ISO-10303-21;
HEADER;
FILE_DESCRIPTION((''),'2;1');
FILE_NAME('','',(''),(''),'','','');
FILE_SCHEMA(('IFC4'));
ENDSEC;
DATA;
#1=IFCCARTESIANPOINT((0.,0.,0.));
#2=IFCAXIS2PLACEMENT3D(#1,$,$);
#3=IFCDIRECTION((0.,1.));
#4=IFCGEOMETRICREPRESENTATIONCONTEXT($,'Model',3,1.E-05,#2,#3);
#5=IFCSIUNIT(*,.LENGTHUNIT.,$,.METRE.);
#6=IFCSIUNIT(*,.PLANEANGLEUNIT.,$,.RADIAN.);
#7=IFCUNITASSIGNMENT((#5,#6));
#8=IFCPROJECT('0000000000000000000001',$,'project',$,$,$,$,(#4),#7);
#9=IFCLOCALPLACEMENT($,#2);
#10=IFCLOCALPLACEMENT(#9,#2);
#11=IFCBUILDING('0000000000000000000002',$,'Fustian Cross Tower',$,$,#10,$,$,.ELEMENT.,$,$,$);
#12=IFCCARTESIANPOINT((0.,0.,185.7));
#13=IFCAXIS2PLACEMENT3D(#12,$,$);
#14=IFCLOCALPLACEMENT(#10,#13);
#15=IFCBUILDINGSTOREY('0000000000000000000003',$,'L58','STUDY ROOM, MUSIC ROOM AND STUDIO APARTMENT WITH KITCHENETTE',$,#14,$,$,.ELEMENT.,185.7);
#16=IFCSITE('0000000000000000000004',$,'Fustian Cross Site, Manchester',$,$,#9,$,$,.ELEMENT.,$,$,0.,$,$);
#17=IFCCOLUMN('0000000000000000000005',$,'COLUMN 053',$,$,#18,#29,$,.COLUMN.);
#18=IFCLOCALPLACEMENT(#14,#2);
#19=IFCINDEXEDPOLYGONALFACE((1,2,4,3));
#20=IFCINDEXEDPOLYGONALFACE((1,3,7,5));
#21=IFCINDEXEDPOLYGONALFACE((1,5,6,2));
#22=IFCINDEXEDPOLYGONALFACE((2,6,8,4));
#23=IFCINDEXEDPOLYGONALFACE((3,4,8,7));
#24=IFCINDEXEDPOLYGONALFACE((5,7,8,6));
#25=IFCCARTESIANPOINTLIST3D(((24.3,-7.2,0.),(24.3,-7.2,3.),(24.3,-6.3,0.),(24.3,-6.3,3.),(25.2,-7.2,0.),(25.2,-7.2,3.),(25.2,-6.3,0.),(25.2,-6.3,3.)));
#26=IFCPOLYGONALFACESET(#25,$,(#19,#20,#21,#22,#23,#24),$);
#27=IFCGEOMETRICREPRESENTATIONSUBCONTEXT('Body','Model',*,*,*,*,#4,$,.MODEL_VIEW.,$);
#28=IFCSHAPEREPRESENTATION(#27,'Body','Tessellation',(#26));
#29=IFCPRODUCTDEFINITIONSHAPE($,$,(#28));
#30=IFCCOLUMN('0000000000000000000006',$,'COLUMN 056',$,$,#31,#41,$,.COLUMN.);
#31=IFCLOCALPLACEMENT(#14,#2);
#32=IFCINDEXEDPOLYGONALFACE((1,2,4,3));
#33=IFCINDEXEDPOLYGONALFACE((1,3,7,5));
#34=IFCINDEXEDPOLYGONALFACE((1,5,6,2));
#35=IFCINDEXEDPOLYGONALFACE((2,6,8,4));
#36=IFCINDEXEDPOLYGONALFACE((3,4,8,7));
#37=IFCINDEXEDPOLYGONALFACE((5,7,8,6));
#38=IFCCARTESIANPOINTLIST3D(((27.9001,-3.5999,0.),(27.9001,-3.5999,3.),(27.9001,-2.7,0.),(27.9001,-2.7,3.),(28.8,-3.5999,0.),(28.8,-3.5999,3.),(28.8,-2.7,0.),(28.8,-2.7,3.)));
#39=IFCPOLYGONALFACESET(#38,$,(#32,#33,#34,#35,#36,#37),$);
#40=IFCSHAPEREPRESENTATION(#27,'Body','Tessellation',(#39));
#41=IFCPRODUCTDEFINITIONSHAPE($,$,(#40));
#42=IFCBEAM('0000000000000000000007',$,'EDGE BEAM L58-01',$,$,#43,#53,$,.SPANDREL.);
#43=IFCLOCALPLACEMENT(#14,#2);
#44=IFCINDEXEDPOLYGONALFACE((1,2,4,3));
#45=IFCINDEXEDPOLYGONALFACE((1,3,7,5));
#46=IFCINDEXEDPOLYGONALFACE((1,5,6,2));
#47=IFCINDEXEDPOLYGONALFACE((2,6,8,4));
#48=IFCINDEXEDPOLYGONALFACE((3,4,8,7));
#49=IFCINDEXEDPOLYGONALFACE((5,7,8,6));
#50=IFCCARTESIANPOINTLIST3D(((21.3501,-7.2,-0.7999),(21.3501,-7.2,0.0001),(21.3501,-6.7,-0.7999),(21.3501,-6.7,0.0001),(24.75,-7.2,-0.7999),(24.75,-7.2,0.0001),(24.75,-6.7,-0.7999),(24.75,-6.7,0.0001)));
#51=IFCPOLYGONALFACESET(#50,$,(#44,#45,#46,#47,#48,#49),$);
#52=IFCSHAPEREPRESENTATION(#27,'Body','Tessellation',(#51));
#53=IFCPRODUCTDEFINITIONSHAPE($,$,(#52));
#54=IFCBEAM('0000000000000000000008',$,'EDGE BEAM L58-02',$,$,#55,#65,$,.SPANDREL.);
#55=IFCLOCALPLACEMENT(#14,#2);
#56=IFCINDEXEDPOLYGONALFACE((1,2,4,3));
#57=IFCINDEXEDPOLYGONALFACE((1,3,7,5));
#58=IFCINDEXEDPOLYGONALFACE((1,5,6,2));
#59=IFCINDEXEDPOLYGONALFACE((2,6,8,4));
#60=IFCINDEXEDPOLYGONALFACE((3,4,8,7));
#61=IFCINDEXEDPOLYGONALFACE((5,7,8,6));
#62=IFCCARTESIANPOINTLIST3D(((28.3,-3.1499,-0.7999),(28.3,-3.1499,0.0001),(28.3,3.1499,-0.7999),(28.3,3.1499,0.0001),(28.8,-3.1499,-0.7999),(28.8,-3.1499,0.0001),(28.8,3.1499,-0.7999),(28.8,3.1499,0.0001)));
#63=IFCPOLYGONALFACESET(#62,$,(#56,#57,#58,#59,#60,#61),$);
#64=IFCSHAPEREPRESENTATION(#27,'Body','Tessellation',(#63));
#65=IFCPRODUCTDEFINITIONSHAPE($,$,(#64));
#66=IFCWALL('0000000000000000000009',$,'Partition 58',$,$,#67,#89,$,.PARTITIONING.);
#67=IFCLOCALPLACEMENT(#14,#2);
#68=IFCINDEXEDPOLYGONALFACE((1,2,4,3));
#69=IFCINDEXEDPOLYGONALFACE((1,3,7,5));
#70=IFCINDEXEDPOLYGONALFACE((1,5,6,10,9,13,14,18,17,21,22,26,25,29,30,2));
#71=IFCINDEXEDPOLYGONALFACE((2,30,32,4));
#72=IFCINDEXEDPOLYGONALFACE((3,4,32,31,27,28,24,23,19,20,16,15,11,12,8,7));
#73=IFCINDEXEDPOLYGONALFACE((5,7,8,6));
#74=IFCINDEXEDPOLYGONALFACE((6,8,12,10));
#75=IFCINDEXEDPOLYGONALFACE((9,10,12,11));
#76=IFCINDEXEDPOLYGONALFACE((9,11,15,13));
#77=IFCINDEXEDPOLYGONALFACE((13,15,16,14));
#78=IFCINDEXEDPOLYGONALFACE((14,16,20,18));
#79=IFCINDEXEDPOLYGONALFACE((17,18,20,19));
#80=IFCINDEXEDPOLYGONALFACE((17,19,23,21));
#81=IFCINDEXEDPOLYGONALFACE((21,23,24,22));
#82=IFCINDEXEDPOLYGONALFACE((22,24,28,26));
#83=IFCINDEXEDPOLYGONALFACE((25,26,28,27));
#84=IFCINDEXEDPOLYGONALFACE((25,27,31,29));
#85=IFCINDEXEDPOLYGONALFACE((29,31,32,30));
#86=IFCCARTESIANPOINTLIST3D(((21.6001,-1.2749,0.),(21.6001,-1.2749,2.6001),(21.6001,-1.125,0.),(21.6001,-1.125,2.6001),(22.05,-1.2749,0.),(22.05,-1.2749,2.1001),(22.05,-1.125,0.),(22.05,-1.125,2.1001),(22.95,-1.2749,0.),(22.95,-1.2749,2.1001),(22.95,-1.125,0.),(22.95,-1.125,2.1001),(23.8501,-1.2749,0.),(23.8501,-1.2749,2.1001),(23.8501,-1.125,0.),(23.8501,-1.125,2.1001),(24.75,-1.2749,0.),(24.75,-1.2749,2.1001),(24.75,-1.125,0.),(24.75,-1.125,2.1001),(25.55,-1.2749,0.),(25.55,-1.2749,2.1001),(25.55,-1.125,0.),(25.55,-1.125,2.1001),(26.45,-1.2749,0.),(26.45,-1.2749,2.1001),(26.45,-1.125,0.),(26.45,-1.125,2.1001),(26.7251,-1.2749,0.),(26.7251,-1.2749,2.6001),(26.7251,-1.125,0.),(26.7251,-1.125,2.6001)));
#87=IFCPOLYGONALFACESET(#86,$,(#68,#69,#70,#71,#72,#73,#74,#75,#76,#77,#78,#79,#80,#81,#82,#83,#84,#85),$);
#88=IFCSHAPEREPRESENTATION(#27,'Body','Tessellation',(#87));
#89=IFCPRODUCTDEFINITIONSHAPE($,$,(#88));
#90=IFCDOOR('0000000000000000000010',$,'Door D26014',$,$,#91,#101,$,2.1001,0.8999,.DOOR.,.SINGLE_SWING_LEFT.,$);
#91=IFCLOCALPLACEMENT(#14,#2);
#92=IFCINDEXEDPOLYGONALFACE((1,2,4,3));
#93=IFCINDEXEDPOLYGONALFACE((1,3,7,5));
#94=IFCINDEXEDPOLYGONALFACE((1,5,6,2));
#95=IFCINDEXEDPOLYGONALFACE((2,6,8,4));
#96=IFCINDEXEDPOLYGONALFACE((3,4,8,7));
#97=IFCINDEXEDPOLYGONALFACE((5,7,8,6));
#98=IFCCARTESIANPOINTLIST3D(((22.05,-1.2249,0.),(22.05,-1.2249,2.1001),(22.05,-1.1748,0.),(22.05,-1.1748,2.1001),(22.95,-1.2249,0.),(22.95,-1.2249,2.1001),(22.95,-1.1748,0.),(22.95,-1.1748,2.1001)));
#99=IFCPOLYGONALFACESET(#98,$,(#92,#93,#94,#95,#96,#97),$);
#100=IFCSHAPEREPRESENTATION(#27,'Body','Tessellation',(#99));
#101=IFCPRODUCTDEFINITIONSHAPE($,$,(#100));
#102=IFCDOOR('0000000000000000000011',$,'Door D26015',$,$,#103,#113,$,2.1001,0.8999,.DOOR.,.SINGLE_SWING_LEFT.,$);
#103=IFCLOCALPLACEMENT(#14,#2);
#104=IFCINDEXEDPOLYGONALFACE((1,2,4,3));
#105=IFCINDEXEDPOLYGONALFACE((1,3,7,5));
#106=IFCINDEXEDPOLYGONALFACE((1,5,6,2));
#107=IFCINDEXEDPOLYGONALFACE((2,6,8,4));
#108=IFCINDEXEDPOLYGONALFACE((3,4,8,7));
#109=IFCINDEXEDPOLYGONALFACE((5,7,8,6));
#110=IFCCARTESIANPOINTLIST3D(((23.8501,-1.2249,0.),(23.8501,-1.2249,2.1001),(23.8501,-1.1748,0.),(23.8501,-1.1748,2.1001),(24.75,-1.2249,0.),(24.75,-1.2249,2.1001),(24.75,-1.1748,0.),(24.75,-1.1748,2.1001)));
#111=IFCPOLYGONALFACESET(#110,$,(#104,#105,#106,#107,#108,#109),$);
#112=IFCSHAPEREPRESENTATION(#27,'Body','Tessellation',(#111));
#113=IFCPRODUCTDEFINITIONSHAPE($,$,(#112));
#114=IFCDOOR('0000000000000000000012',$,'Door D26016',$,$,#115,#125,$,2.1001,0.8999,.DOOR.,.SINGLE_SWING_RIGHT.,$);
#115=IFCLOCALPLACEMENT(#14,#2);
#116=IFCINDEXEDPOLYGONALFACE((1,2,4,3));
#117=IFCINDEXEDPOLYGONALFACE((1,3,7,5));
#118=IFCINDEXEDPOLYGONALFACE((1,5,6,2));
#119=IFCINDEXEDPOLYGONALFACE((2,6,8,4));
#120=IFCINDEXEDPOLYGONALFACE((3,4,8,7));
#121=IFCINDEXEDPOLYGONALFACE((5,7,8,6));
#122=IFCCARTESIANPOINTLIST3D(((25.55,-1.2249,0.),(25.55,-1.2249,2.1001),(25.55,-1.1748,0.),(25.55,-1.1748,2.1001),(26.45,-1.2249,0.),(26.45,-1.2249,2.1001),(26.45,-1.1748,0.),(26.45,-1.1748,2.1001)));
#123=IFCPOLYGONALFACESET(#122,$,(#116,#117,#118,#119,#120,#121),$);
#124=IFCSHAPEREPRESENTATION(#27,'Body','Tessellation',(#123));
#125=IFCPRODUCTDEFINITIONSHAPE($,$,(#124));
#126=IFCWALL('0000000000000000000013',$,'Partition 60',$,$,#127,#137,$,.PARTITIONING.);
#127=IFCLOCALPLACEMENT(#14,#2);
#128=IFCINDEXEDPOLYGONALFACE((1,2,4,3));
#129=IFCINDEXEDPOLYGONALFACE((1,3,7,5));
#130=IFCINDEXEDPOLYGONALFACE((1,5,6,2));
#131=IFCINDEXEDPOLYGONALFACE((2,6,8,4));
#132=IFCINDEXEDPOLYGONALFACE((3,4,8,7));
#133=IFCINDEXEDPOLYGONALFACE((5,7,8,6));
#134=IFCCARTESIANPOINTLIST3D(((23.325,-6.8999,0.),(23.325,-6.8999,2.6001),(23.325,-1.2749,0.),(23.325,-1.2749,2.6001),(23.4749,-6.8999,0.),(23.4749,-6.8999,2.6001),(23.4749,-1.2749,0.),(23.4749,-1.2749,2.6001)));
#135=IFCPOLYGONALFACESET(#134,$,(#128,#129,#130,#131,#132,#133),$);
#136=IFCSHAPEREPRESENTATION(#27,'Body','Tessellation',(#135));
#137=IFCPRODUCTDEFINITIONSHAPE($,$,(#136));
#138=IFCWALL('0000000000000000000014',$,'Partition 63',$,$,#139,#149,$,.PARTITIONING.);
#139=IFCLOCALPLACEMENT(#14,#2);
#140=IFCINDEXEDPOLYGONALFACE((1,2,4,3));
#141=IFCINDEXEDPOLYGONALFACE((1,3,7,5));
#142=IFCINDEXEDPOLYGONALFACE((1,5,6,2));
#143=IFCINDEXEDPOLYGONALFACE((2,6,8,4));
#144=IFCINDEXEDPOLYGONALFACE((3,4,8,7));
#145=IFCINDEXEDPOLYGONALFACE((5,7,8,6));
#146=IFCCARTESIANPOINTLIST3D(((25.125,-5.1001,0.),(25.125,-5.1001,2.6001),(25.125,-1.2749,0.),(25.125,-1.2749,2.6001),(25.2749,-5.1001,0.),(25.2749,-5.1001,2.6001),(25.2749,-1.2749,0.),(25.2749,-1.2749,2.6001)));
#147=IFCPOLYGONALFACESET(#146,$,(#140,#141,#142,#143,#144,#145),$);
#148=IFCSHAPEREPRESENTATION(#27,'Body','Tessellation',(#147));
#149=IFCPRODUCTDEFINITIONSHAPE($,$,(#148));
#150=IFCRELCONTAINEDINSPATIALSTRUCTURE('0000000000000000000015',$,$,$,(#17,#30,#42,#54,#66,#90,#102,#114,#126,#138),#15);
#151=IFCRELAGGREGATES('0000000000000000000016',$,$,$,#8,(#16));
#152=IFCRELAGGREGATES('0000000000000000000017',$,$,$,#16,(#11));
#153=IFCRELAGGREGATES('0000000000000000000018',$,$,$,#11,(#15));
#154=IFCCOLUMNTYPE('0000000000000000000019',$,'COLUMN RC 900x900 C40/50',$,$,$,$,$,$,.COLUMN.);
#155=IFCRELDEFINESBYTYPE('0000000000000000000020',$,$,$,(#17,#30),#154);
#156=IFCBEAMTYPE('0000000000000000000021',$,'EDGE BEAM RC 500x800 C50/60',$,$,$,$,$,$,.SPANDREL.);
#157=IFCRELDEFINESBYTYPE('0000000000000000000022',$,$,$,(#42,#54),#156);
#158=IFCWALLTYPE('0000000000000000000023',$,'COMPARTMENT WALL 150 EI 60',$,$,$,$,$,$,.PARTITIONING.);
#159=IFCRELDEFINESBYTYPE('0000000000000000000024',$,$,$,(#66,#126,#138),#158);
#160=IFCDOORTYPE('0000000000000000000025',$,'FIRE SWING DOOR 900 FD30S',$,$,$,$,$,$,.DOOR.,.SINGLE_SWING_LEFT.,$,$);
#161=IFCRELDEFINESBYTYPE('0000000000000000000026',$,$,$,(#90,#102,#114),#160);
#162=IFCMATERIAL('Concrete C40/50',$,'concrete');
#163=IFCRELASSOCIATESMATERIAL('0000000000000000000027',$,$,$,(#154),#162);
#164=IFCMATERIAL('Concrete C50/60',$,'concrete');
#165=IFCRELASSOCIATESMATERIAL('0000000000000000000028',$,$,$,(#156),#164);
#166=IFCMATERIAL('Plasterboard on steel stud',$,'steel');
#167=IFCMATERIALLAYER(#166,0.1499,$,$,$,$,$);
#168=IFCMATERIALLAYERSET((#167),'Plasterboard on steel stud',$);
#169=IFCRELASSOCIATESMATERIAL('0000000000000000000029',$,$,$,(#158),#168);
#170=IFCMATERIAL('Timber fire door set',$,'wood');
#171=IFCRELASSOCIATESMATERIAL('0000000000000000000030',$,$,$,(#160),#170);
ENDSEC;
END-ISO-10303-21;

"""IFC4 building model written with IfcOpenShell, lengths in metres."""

from ifc_helpers import new_model, si_unit, direction, frame, frame_2d, origin, origin_2d, place, context, subcontext, project, spatial, rectangle, extrude, material, layer, layer_set, material_profile, profile_set, type_object, element, fill, save


model = new_model("IFC4")

# Units and contexts
model_context = context("Model", 3, precision=1e-05, world=origin(), true_north=direction((0.0, 1.0)))
body_context = subcontext(model_context, "Body", "Model", "MODEL_VIEW")
ifc_project = project(units=[si_unit("LENGTHUNIT", "METRE"), si_unit("PLANEANGLEUNIT", "RADIAN")], contexts=[model_context])

# Site, building, storey
site_placement = place(None, origin())
site = spatial("IfcSite", under=ifc_project, at=site_placement, Name="Fustian Cross Site, Manchester", CompositionType="ELEMENT", RefElevation=0.0)
building_placement = place(site_placement, origin())
building = spatial("IfcBuilding", under=site, at=building_placement, Name="Fustian Cross Tower", CompositionType="ELEMENT")
storey_placement = place(building_placement, frame((0.0, 0.0, 185.7)))
storey = spatial("IfcBuildingStorey", under=building, at=storey_placement, Name="L58", Description="STUDY ROOM, MUSIC ROOM AND STUDIO APARTMENT WITH KITCHENETTE", CompositionType="ELEMENT", Elevation=185.7)

# Columns
ifc_material_1 = material(Name="Concrete C40/50", Category="concrete")
ifc_material_profile_1 = material_profile(ifc_material_1, rectangle(XDim=0.8999, YDim=0.8999, at=origin_2d()), Name="RC 900x900")
ifc_profile_set_1 = profile_set([ifc_material_profile_1], Name="Concrete C40/50")
column_type = type_object("IfcColumnType", Name="COLUMN RC 900x900 C40/50", PredefinedType="COLUMN", material=ifc_profile_set_1)
for number, where, z_axis, x_axis, name in (
    (1, (24.75, -6.75, 0.0), (0.0, 0.0, 1.0), (1.0, 0.0, 0.0), "COLUMN 053"),
    (2, (28.3501, -3.1499, 0.0), (0.0, 0.0, 1.0), (1.0, 0.0, 0.0), "COLUMN 056"),
):
    element("IfcColumn", number, at=place(storey_placement, frame(where, z_axis=z_axis, x_axis=x_axis)), inside=storey, type_object=column_type, Name=name, PredefinedType="COLUMN", context=body_context, shape_type="SweptSolid", body=[
        extrude(rectangle(XDim=0.8999, YDim=0.8999, at=origin_2d()), origin(), (0.0, 0.0, 1.0), 3.0),
    ])

# Beams
ifc_material_2 = material(Name="Concrete C50/60", Category="concrete")
ifc_material_profile_2 = material_profile(ifc_material_2, rectangle(XDim=0.5, YDim=0.8, at=origin_2d()), Name="RC 500x800")
ifc_profile_set_2 = profile_set([ifc_material_profile_2], Name="Concrete C50/60")
beam_type = type_object("IfcBeamType", Name="EDGE BEAM RC 500x800 C50/60", PredefinedType="SPANDREL", material=ifc_profile_set_2)
beam_1_placement = place(storey_placement, frame((21.3501, -6.95, -0.3999), z_axis=(1.0, 0.0, 0.0), x_axis=(0.0, 1.0, 0.0)))
element("IfcBeam", 3, at=beam_1_placement, inside=storey, type_object=beam_type, Name="EDGE BEAM L58-01", PredefinedType="SPANDREL", context=body_context, shape_type="SweptSolid", body=[
    extrude(rectangle(XDim=0.5, YDim=0.8, at=origin_2d()), origin(), (0.0, 0.0, 1.0), 3.3999),
])
beam_2_placement = place(storey_placement, frame((28.55, -3.1499, -0.3999), z_axis=(0.0, 1.0, 0.0), x_axis=(-1.0, 0.0, 0.0)))
element("IfcBeam", 4, at=beam_2_placement, inside=storey, type_object=beam_type, Name="EDGE BEAM L58-02", PredefinedType="SPANDREL", context=body_context, shape_type="SweptSolid", body=[
    extrude(rectangle(XDim=0.5, YDim=0.8, at=origin_2d()), origin(), (0.0, 0.0, 1.0), 6.2998),
])

# Wall, openings, doors
ifc_material_3 = material(Name="Plasterboard on steel stud", Category="steel")
ifc_layer_1 = layer(ifc_material_3, 0.1499)
ifc_layer_set_1 = layer_set([ifc_layer_1], Name="Plasterboard on steel stud")
wall_type_1 = type_object("IfcWallType", Name="COMPARTMENT WALL 150 EI 60", PredefinedType="PARTITIONING", material=ifc_layer_set_1)
wall_1_placement = place(storey_placement, frame((21.6001, -1.2, 0.0), z_axis=(0.0, 0.0, 1.0), x_axis=(1.0, 0.0, 0.0)))
wall_1 = element("IfcWall", 5, at=wall_1_placement, inside=storey, type_object=wall_type_1, Name="Partition 58", PredefinedType="PARTITIONING", context=body_context, shape_type="SweptSolid", body=[
    extrude(rectangle(XDim=5.125, YDim=0.1499, at=frame_2d((2.5625, 0.0))), origin(), (0.0, 0.0, 1.0), 2.6001),
])
opening_1_placement = place(wall_1_placement, frame((0.45, 0.0, 0.0)))
opening_1 = element("IfcOpeningElement", 6, at=opening_1_placement, cuts=wall_1, PredefinedType="OPENING", context=body_context, shape_type="SweptSolid", body=[
    extrude(rectangle(XDim=0.8999, YDim=2.1001, at=frame_2d((0.45, 1.05))), frame((0.0, 0.085, 0.0), z_axis=(0.0, -1.0, 0.0), x_axis=(1.0, 0.0, 0.0)), (0.0, 0.0, 1.0), 0.1699),
])
opening_2_placement = place(wall_1_placement, frame((2.25, 0.0, 0.0)))
opening_2 = element("IfcOpeningElement", 7, at=opening_2_placement, cuts=wall_1, PredefinedType="OPENING", context=body_context, shape_type="SweptSolid", body=[
    extrude(rectangle(XDim=0.8999, YDim=2.1001, at=frame_2d((0.45, 1.05))), frame((0.0, 0.085, 0.0), z_axis=(0.0, -1.0, 0.0), x_axis=(1.0, 0.0, 0.0)), (0.0, 0.0, 1.0), 0.1699),
])
opening_3_placement = place(wall_1_placement, frame((3.95, 0.0, 0.0)))
opening_3 = element("IfcOpeningElement", 8, at=opening_3_placement, cuts=wall_1, PredefinedType="OPENING", context=body_context, shape_type="SweptSolid", body=[
    extrude(rectangle(XDim=0.8999, YDim=2.1001, at=frame_2d((0.45, 1.05))), frame((0.0, 0.085, 0.0), z_axis=(0.0, -1.0, 0.0), x_axis=(1.0, 0.0, 0.0)), (0.0, 0.0, 1.0), 0.1699),
])
ifc_material_4 = material(Name="Timber fire door set", Category="wood")
door_type_1 = type_object("IfcDoorType", Name="FIRE SWING DOOR 900 FD30S", OperationType="SINGLE_SWING_LEFT", PredefinedType="DOOR", material=ifc_material_4)
door_1_placement = place(opening_1_placement, frame((0.8999, 0.0, 0.0), z_axis=(0.0, 0.0, 1.0), x_axis=(-1.0, 0.0, 0.0)))
door_1 = element("IfcDoor", 9, at=door_1_placement, inside=storey, type_object=door_type_1, Name="Door D26014", OperationType="SINGLE_SWING_LEFT", OverallHeight=2.1001, OverallWidth=0.8999, PredefinedType="DOOR", context=body_context, shape_type="SweptSolid", body=[
    extrude(rectangle(XDim=0.8999, YDim=2.1001, at=frame_2d((0.45, 1.05))), frame((0.0, 0.0249, 0.0), z_axis=(0.0, -1.0, 0.0), x_axis=(1.0, 0.0, 0.0)), (0.0, 0.0, 1.0), 0.05),
])
fill(opening_1, door_1)
door_2_placement = place(opening_2_placement, frame((0.8999, 0.0, 0.0), z_axis=(0.0, 0.0, 1.0), x_axis=(-1.0, 0.0, 0.0)))
door_2 = element("IfcDoor", 10, at=door_2_placement, inside=storey, type_object=door_type_1, Name="Door D26015", OperationType="SINGLE_SWING_LEFT", OverallHeight=2.1001, OverallWidth=0.8999, PredefinedType="DOOR", context=body_context, shape_type="SweptSolid", body=[
    extrude(rectangle(XDim=0.8999, YDim=2.1001, at=frame_2d((0.45, 1.05))), frame((0.0, 0.0249, 0.0), z_axis=(0.0, -1.0, 0.0), x_axis=(1.0, 0.0, 0.0)), (0.0, 0.0, 1.0), 0.05),
])
fill(opening_2, door_2)
door_3_placement = place(opening_3_placement, frame((0.8999, 0.0, 0.0), z_axis=(0.0, 0.0, 1.0), x_axis=(-1.0, 0.0, 0.0)))
door_3 = element("IfcDoor", 11, at=door_3_placement, inside=storey, type_object=door_type_1, Name="Door D26016", OperationType="SINGLE_SWING_RIGHT", OverallHeight=2.1001, OverallWidth=0.8999, PredefinedType="DOOR", context=body_context, shape_type="SweptSolid", body=[
    extrude(rectangle(XDim=0.8999, YDim=2.1001, at=frame_2d((0.45, 1.05))), frame((0.0, 0.0249, 0.0), z_axis=(0.0, -1.0, 0.0), x_axis=(1.0, 0.0, 0.0)), (0.0, 0.0, 1.0), 0.05),
])
fill(opening_3, door_3)

# Walls
wall_2_placement = place(storey_placement, frame((23.3999, -6.8999, 0.0), z_axis=(0.0, 0.0, 1.0), x_axis=(0.0, 1.0, 0.0)))
element("IfcWall", 12, at=wall_2_placement, inside=storey, type_object=wall_type_1, Name="Partition 60", PredefinedType="PARTITIONING", context=body_context, shape_type="SweptSolid", body=[
    extrude(rectangle(XDim=5.625, YDim=0.1499, at=frame_2d((2.8125, 0.0))), origin(), (0.0, 0.0, 1.0), 2.6001),
])
wall_3_placement = place(storey_placement, frame((25.2, -5.1001, 0.0), z_axis=(0.0, 0.0, 1.0), x_axis=(0.0, 1.0, 0.0)))
element("IfcWall", 13, at=wall_3_placement, inside=storey, type_object=wall_type_1, Name="Partition 63", PredefinedType="PARTITIONING", context=body_context, shape_type="SweptSolid", body=[
    extrude(rectangle(XDim=3.8252, YDim=0.1499, at=frame_2d((1.9126, 0.0))), origin(), (0.0, 0.0, 1.0), 2.6001),
])

save(model, "model.ifc")
